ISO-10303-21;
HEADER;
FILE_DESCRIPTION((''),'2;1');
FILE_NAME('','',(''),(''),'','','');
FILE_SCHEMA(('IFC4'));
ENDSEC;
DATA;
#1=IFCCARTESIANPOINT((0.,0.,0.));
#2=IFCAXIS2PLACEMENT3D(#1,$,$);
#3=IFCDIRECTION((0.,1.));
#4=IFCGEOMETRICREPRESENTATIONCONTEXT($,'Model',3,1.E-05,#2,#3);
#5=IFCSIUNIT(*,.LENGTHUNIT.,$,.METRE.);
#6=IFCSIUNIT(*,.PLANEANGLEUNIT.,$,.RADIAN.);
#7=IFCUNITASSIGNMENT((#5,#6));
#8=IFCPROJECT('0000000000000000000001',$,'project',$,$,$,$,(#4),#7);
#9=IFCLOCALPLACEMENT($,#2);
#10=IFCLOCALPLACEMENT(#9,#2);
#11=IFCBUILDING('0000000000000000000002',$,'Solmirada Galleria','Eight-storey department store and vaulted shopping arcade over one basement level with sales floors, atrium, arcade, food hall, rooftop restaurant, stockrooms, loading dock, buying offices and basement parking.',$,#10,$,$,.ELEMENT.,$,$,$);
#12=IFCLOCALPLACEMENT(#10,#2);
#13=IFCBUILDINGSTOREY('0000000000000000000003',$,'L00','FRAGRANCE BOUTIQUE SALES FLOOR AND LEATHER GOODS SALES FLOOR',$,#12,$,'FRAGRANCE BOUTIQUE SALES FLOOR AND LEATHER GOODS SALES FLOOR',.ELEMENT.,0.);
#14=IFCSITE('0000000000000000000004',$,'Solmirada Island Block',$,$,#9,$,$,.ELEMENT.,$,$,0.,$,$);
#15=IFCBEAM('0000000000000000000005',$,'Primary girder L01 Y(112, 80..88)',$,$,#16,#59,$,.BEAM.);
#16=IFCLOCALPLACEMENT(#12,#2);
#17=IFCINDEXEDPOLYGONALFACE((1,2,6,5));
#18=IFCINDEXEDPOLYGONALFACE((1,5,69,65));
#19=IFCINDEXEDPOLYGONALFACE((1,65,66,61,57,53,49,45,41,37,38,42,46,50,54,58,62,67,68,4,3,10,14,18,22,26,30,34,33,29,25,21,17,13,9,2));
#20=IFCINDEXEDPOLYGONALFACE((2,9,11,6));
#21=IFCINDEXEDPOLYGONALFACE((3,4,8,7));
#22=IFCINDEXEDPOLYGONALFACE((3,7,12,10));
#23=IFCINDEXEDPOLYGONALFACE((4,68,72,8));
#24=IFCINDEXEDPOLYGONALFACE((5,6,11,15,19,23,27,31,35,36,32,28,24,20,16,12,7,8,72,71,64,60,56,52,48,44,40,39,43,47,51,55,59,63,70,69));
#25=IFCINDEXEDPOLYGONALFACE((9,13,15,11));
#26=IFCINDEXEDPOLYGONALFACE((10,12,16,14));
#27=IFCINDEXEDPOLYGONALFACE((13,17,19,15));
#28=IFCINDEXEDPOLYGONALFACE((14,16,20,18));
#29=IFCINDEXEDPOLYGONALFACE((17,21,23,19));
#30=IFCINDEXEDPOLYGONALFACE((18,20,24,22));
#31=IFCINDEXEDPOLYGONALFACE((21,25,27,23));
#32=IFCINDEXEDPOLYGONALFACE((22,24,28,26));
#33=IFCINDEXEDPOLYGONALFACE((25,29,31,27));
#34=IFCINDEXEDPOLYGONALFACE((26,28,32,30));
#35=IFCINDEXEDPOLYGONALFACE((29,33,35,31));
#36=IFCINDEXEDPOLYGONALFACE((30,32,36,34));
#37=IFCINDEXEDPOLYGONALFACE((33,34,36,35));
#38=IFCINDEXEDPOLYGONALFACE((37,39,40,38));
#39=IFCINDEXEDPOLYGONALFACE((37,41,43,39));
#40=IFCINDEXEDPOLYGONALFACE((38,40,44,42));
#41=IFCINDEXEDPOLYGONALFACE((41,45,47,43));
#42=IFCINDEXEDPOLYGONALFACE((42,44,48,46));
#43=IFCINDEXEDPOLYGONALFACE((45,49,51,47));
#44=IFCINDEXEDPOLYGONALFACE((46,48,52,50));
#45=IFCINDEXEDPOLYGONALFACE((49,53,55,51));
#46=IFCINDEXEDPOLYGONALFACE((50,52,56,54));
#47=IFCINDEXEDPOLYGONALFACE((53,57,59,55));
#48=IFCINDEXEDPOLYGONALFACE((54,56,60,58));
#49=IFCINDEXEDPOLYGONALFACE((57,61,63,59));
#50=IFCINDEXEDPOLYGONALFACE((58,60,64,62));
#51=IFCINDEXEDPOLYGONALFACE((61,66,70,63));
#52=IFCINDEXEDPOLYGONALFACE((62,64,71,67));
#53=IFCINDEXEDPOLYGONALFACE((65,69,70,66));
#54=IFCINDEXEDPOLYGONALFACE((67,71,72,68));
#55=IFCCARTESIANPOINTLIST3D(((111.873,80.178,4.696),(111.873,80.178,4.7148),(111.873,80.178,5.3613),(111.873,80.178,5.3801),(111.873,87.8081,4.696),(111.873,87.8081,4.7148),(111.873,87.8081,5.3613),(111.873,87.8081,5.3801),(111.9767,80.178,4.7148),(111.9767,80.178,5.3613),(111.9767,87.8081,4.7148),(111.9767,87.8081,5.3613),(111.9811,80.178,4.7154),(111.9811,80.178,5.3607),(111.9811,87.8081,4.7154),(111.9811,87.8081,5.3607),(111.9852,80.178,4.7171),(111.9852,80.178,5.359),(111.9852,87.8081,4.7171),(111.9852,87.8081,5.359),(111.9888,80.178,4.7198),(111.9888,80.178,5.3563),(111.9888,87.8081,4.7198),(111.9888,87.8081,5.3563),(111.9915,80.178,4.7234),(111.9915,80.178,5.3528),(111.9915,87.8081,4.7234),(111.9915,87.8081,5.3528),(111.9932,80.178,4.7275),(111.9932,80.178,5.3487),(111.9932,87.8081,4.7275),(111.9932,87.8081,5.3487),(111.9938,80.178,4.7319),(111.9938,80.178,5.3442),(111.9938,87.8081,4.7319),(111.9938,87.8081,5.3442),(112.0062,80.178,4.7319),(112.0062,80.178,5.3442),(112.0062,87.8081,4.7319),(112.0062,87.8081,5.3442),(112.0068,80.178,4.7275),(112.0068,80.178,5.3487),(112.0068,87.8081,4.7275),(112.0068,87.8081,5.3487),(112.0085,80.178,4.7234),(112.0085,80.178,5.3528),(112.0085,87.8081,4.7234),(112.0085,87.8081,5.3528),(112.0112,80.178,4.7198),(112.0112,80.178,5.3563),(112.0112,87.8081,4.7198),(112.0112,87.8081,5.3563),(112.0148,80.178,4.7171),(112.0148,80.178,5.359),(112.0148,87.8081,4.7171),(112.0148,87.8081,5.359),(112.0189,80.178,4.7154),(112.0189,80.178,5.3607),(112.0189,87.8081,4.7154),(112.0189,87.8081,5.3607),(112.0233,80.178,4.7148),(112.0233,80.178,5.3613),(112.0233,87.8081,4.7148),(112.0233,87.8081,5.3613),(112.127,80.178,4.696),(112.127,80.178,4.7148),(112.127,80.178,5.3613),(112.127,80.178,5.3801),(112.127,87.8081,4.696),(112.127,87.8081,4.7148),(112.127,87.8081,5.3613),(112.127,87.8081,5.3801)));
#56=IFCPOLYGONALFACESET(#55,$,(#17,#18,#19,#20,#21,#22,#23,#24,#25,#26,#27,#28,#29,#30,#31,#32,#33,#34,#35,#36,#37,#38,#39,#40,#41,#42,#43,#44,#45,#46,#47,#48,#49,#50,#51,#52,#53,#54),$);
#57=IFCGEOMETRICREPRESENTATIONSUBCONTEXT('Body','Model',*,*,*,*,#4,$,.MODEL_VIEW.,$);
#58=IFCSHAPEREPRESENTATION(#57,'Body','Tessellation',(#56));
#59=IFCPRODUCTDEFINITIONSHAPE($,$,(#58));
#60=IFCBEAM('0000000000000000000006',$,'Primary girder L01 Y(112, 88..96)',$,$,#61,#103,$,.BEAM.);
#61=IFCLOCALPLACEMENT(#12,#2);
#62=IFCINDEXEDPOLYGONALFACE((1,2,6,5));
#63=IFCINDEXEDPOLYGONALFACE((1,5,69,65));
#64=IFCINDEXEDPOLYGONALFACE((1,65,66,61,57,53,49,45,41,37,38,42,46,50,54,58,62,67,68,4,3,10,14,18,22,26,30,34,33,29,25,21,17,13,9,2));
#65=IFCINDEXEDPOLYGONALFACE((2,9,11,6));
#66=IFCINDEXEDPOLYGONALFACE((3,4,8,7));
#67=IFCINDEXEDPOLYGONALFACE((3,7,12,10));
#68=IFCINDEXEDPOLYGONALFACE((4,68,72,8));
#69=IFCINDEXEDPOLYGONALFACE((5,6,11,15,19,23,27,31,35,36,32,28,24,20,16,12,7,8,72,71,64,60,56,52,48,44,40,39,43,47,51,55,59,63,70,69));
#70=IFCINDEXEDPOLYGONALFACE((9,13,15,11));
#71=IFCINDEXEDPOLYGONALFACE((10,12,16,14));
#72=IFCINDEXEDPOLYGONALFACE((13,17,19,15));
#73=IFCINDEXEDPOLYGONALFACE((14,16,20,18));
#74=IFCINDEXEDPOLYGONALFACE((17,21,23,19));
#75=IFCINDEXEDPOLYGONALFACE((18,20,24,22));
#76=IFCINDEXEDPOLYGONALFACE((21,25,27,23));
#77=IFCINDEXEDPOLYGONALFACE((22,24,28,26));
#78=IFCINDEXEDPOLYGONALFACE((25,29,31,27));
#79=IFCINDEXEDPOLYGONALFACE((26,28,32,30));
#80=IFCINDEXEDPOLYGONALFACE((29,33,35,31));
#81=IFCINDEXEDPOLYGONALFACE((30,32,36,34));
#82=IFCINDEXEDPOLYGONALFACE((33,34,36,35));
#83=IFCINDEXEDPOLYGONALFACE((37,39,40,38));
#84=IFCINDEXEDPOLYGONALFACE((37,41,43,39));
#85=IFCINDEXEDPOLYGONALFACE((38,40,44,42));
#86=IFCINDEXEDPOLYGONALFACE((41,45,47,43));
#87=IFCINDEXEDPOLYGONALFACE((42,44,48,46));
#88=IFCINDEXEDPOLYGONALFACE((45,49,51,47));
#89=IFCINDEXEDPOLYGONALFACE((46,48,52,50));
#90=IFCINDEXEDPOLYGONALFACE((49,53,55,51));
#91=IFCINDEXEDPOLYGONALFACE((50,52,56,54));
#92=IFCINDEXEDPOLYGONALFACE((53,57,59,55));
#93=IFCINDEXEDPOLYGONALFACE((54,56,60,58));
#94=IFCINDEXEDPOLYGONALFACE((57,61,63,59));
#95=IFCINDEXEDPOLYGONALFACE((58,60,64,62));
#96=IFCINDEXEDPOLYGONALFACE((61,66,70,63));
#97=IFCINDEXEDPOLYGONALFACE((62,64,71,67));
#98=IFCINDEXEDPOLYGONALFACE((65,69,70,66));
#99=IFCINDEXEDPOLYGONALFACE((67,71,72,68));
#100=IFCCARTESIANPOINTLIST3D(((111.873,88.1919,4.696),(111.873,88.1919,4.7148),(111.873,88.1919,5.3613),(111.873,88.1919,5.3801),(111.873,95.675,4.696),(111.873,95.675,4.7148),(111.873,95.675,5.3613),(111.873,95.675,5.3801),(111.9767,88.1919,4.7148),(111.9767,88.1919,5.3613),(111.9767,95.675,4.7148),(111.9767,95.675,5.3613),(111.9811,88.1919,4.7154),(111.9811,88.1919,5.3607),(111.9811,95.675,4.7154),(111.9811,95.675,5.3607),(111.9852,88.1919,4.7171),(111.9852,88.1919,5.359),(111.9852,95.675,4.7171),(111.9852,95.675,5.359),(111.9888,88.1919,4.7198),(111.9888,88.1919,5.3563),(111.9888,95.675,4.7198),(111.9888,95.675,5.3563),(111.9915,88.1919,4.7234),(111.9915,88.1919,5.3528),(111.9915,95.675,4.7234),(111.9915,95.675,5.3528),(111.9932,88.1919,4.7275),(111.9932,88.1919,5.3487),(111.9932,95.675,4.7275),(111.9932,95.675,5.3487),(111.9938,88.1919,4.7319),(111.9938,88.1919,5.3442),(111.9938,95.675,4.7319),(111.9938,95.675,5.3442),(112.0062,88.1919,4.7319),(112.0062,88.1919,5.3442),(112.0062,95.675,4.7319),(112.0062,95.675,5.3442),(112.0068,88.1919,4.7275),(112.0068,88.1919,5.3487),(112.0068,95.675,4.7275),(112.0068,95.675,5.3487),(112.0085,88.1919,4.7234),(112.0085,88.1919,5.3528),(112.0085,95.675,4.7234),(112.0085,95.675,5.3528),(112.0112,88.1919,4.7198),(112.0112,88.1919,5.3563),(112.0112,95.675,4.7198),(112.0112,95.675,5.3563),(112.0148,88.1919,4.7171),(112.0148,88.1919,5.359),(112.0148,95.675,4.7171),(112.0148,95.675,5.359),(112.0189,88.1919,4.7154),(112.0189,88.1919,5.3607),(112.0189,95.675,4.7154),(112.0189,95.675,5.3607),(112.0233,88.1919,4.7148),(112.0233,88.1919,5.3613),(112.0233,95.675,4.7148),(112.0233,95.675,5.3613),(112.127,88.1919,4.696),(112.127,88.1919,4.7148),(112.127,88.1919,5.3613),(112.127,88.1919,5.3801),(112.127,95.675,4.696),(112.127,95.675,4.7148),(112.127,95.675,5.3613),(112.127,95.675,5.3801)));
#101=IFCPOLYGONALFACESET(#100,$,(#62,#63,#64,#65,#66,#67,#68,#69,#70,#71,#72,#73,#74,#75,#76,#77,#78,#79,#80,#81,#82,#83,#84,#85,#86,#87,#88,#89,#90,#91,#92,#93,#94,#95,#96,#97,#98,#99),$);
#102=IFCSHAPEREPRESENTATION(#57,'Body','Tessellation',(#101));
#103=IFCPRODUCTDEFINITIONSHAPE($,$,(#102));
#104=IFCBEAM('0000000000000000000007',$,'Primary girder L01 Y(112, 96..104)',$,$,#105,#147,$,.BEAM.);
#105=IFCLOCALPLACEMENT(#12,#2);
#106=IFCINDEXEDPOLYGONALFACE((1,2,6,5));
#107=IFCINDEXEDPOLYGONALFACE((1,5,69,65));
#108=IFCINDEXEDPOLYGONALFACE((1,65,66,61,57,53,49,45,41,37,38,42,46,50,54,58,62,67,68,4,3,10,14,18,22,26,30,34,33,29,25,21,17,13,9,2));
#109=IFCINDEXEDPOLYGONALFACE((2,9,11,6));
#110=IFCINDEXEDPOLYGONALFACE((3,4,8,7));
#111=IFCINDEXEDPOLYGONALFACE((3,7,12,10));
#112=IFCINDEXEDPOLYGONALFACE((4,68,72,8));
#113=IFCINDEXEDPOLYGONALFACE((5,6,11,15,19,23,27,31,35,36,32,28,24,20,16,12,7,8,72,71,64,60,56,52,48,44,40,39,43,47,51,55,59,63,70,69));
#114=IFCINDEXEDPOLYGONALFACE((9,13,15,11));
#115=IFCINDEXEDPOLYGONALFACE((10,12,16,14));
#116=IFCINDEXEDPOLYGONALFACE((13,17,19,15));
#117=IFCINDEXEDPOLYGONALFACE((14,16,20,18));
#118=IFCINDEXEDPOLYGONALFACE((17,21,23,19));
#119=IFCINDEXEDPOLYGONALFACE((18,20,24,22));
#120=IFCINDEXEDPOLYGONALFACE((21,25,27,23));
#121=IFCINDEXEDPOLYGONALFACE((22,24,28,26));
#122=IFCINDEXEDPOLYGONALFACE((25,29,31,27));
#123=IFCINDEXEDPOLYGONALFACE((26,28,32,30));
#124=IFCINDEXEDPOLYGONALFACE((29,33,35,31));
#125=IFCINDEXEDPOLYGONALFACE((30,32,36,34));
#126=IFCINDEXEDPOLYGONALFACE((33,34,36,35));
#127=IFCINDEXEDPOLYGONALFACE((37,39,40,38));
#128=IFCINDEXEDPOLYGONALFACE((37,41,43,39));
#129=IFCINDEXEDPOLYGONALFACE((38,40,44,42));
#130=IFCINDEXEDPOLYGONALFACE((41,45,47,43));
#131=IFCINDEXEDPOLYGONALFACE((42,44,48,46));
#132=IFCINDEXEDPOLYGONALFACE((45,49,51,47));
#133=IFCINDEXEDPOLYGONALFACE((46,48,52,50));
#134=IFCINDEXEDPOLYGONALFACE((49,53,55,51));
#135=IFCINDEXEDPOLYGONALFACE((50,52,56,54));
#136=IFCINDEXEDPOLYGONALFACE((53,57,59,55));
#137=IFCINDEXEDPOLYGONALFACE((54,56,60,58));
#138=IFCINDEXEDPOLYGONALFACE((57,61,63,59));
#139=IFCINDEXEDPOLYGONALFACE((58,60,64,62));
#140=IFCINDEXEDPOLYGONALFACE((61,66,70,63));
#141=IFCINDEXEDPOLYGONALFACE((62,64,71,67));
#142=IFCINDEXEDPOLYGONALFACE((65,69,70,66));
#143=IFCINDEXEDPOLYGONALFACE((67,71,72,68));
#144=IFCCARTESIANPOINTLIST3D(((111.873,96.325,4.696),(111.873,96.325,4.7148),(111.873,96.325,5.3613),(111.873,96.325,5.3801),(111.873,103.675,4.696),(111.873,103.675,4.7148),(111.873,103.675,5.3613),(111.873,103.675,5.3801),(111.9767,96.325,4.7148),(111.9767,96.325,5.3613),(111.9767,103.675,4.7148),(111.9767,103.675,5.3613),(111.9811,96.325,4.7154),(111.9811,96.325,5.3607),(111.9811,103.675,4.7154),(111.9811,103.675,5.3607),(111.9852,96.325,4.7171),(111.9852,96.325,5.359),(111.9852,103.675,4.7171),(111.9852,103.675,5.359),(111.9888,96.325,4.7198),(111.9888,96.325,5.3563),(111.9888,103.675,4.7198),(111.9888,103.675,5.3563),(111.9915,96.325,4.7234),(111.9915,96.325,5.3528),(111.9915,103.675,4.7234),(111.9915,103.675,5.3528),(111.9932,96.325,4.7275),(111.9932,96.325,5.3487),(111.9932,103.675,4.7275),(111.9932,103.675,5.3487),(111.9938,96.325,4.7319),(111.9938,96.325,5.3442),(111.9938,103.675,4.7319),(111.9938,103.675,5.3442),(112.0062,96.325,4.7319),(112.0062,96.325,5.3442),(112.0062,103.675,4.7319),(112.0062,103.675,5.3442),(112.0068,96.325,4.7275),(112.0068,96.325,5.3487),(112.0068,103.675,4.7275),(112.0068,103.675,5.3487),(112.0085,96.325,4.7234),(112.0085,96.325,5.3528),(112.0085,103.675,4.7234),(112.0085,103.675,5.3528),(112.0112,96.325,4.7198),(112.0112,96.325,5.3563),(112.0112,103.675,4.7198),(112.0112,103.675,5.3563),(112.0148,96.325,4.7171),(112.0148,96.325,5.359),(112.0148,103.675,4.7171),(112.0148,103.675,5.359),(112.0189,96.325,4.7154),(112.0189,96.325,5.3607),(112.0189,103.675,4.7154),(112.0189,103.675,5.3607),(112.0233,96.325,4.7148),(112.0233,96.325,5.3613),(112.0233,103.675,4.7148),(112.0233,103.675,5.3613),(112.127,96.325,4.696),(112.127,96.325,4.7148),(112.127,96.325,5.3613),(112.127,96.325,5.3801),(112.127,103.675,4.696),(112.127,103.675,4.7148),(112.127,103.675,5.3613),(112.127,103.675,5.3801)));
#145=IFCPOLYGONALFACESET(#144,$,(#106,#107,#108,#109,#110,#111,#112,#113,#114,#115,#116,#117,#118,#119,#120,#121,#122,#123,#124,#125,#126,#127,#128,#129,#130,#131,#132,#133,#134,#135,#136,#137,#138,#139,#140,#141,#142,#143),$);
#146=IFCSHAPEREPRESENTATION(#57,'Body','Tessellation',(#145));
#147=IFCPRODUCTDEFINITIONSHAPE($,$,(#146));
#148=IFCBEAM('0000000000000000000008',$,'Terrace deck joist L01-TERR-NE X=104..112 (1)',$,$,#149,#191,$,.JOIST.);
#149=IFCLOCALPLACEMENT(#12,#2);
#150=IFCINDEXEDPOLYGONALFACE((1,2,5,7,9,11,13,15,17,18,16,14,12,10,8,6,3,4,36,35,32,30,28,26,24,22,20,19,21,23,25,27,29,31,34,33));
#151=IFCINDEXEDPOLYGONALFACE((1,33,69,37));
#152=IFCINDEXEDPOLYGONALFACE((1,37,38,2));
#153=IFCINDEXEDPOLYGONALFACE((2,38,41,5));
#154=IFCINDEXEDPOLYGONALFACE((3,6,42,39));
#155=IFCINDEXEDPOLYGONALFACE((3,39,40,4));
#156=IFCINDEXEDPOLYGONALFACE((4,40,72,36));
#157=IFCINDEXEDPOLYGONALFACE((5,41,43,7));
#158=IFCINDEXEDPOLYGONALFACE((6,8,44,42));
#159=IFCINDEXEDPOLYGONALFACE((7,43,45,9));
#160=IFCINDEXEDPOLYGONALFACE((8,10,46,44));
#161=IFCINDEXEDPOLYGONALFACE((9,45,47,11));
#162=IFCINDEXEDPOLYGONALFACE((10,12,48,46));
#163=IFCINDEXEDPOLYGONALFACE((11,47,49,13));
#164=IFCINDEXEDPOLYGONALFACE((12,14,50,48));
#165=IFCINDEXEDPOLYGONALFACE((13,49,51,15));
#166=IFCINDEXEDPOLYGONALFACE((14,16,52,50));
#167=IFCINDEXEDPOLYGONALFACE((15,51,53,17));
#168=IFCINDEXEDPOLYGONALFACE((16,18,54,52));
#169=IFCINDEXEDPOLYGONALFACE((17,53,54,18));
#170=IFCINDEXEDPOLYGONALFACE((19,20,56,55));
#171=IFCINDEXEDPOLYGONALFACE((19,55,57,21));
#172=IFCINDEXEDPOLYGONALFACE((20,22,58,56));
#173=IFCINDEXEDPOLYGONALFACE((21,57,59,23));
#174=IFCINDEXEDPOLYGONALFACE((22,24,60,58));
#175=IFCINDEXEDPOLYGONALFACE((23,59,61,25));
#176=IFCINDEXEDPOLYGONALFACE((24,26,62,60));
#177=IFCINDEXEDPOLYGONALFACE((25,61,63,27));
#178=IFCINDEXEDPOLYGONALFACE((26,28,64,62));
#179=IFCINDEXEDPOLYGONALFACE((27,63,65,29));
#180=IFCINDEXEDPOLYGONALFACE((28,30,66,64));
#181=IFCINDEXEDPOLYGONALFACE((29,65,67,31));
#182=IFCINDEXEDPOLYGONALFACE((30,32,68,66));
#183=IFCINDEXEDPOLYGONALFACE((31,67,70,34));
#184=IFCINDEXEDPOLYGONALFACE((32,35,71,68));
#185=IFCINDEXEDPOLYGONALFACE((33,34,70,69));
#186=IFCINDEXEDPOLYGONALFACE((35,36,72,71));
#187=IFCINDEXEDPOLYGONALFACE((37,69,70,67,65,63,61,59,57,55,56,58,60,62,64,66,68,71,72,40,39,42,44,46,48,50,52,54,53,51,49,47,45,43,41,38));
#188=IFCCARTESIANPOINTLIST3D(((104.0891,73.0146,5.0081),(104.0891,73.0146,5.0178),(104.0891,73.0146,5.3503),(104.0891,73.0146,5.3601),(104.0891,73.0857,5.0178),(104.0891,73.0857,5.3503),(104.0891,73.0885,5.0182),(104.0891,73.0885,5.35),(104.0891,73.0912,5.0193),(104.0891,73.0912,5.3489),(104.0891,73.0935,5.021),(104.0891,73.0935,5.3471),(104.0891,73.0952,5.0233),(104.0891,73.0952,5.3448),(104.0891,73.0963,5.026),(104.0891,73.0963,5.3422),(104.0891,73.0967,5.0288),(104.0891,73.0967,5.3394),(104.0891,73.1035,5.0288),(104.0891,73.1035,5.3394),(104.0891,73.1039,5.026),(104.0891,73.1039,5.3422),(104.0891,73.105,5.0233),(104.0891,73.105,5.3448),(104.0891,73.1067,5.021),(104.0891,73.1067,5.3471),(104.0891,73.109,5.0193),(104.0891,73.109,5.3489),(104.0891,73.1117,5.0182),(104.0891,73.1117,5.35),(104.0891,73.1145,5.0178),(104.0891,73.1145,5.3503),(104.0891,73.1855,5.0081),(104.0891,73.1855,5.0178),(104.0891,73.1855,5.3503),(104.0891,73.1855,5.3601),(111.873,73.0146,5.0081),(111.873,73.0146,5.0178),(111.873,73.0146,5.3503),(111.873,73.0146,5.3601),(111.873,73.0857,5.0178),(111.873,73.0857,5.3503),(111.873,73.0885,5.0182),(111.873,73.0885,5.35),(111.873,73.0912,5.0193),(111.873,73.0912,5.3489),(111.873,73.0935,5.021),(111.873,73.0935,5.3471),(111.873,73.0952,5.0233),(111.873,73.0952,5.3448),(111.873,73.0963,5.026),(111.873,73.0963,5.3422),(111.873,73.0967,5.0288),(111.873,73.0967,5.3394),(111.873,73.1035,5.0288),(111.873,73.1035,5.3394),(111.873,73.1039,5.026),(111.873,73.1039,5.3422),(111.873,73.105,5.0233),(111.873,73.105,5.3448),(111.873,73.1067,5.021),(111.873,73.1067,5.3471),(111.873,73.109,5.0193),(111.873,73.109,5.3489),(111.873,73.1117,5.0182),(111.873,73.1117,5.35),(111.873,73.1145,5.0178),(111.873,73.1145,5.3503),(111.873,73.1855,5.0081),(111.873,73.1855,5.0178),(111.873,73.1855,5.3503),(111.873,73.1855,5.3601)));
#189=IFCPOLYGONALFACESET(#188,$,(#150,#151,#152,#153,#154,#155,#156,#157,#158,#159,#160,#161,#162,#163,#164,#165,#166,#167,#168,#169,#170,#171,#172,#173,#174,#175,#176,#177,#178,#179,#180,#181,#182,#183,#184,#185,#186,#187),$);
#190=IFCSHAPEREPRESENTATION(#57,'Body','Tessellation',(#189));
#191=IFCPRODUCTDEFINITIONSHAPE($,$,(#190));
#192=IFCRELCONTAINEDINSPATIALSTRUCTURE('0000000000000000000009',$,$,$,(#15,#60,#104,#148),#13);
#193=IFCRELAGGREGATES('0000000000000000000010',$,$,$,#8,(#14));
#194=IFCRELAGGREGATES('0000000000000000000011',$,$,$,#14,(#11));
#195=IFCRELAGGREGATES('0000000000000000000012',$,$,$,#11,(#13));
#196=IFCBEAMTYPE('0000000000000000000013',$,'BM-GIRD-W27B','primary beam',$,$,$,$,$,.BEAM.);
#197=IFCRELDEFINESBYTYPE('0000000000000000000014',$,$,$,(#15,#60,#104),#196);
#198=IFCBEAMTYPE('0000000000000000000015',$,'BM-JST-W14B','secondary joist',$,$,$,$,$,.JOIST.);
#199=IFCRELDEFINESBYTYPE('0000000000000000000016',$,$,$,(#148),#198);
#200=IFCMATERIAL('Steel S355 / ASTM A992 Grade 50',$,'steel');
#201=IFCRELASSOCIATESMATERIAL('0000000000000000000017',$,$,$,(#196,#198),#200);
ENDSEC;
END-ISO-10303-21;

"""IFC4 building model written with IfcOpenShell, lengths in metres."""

from ifc_helpers import new_model, si_unit, direction, frame, origin, origin_2d, place, context, subcontext, project, spatial, i_section, extrude, material, material_profile, profile_set, type_object, element, save


model = new_model("IFC4")

# Units and contexts
model_context = context("Model", 3, precision=1e-05, world=origin(), true_north=direction((0.0, 1.0)))
body_context = subcontext(model_context, "Body", "Model", "MODEL_VIEW")
ifc_project = project(units=[si_unit("LENGTHUNIT", "METRE"), si_unit("PLANEANGLEUNIT", "RADIAN")], contexts=[model_context])

# Site, building, storey
site_placement = place(None, origin())
site = spatial("IfcSite", under=ifc_project, at=site_placement, Name="Solmirada Island Block", CompositionType="ELEMENT", RefElevation=0.0)
building_placement = place(site_placement, origin())
building = spatial("IfcBuilding", under=site, at=building_placement, Name="Solmirada Galleria", Description="Eight-storey department store and vaulted shopping arcade over one basement level with sales floors, atrium, arcade, food hall, rooftop restaurant, stockrooms, loading dock, buying offices and basement parking.", CompositionType="ELEMENT")
storey_placement = place(building_placement, origin())
storey = spatial("IfcBuildingStorey", under=building, at=storey_placement, Name="L00", Description="FRAGRANCE BOUTIQUE SALES FLOOR AND LEATHER GOODS SALES FLOOR", LongName="FRAGRANCE BOUTIQUE SALES FLOOR AND LEATHER GOODS SALES FLOOR", CompositionType="ELEMENT", Elevation=0.0)

# Beams
ifc_material_1 = material(Name="Steel S355 / ASTM A992 Grade 50", Category="steel")
ifc_material_profile_1 = material_profile(ifc_material_1, i_section(OverallWidth=0.2539, OverallDepth=0.6841, WebThickness=0.0125, FlangeThickness=0.0188, FilletRadius=0.0171, at=origin_2d()), Name="W27X94")
ifc_profile_set_1 = profile_set([ifc_material_profile_1], Name="Steel S355 / ASTM A992 Grade 50")
beam_type_1 = type_object("IfcBeamType", Name="BM-GIRD-W27B", Description="primary beam", PredefinedType="BEAM", material=ifc_profile_set_1)
beam_1_placement = place(storey_placement, frame((112.0, 80.178, 5.0381), z_axis=(0.0, 1.0, 0.0), x_axis=(-1.0, 0.0, 0.0)))
element("IfcBeam", 1, at=beam_1_placement, inside=storey, type_object=beam_type_1, Name="Primary girder L01 Y(112, 80..88)", PredefinedType="BEAM", context=body_context, shape_type="SweptSolid", body=[
    extrude(i_section(OverallWidth=0.2539, OverallDepth=0.6841, WebThickness=0.0125, FlangeThickness=0.0188, FilletRadius=0.0171, at=origin_2d()), origin(), (0.0, 0.0, 1.0), 7.6301),
])
beam_2_placement = place(storey_placement, frame((112.0, 88.1919, 5.0381), z_axis=(0.0, 1.0, 0.0), x_axis=(-1.0, 0.0, 0.0)))
element("IfcBeam", 2, at=beam_2_placement, inside=storey, type_object=beam_type_1, Name="Primary girder L01 Y(112, 88..96)", PredefinedType="BEAM", context=body_context, shape_type="SweptSolid", body=[
    extrude(i_section(OverallWidth=0.2539, OverallDepth=0.6841, WebThickness=0.0125, FlangeThickness=0.0188, FilletRadius=0.0171, at=origin_2d()), origin(), (0.0, 0.0, 1.0), 7.4832),
])
beam_3_placement = place(storey_placement, frame((112.0, 96.325, 5.0381), z_axis=(0.0, 1.0, 0.0), x_axis=(-1.0, 0.0, 0.0)))
element("IfcBeam", 3, at=beam_3_placement, inside=storey, type_object=beam_type_1, Name="Primary girder L01 Y(112, 96..104)", PredefinedType="BEAM", context=body_context, shape_type="SweptSolid", body=[
    extrude(i_section(OverallWidth=0.2539, OverallDepth=0.6841, WebThickness=0.0125, FlangeThickness=0.0188, FilletRadius=0.0171, at=origin_2d()), origin(), (0.0, 0.0, 1.0), 7.3501),
])
ifc_material_profile_2 = material_profile(ifc_material_1, i_section(OverallWidth=0.1709, OverallDepth=0.3521, WebThickness=0.0068, FlangeThickness=0.0098, FilletRadius=0.011, at=origin_2d()), Name="W14X30")
ifc_profile_set_2 = profile_set([ifc_material_profile_2], Name="Steel S355 / ASTM A992 Grade 50")
beam_type_2 = type_object("IfcBeamType", Name="BM-JST-W14B", Description="secondary joist", PredefinedType="JOIST", material=ifc_profile_set_2)
beam_4_placement = place(storey_placement, frame((104.0891, 73.1001, 5.1841), z_axis=(1.0, 0.0, 0.0), x_axis=(0.0, 1.0, 0.0)))
element("IfcBeam", 4, at=beam_4_placement, inside=storey, type_object=beam_type_2, Name="Terrace deck joist L01-TERR-NE X=104..112 (1)", PredefinedType="JOIST", context=body_context, shape_type="SweptSolid", body=[
    extrude(i_section(OverallWidth=0.1709, OverallDepth=0.3521, WebThickness=0.0068, FlangeThickness=0.0098, FilletRadius=0.011, at=origin_2d()), origin(), (0.0, 0.0, 1.0), 7.7839),
])

save(model, "model.ifc")
